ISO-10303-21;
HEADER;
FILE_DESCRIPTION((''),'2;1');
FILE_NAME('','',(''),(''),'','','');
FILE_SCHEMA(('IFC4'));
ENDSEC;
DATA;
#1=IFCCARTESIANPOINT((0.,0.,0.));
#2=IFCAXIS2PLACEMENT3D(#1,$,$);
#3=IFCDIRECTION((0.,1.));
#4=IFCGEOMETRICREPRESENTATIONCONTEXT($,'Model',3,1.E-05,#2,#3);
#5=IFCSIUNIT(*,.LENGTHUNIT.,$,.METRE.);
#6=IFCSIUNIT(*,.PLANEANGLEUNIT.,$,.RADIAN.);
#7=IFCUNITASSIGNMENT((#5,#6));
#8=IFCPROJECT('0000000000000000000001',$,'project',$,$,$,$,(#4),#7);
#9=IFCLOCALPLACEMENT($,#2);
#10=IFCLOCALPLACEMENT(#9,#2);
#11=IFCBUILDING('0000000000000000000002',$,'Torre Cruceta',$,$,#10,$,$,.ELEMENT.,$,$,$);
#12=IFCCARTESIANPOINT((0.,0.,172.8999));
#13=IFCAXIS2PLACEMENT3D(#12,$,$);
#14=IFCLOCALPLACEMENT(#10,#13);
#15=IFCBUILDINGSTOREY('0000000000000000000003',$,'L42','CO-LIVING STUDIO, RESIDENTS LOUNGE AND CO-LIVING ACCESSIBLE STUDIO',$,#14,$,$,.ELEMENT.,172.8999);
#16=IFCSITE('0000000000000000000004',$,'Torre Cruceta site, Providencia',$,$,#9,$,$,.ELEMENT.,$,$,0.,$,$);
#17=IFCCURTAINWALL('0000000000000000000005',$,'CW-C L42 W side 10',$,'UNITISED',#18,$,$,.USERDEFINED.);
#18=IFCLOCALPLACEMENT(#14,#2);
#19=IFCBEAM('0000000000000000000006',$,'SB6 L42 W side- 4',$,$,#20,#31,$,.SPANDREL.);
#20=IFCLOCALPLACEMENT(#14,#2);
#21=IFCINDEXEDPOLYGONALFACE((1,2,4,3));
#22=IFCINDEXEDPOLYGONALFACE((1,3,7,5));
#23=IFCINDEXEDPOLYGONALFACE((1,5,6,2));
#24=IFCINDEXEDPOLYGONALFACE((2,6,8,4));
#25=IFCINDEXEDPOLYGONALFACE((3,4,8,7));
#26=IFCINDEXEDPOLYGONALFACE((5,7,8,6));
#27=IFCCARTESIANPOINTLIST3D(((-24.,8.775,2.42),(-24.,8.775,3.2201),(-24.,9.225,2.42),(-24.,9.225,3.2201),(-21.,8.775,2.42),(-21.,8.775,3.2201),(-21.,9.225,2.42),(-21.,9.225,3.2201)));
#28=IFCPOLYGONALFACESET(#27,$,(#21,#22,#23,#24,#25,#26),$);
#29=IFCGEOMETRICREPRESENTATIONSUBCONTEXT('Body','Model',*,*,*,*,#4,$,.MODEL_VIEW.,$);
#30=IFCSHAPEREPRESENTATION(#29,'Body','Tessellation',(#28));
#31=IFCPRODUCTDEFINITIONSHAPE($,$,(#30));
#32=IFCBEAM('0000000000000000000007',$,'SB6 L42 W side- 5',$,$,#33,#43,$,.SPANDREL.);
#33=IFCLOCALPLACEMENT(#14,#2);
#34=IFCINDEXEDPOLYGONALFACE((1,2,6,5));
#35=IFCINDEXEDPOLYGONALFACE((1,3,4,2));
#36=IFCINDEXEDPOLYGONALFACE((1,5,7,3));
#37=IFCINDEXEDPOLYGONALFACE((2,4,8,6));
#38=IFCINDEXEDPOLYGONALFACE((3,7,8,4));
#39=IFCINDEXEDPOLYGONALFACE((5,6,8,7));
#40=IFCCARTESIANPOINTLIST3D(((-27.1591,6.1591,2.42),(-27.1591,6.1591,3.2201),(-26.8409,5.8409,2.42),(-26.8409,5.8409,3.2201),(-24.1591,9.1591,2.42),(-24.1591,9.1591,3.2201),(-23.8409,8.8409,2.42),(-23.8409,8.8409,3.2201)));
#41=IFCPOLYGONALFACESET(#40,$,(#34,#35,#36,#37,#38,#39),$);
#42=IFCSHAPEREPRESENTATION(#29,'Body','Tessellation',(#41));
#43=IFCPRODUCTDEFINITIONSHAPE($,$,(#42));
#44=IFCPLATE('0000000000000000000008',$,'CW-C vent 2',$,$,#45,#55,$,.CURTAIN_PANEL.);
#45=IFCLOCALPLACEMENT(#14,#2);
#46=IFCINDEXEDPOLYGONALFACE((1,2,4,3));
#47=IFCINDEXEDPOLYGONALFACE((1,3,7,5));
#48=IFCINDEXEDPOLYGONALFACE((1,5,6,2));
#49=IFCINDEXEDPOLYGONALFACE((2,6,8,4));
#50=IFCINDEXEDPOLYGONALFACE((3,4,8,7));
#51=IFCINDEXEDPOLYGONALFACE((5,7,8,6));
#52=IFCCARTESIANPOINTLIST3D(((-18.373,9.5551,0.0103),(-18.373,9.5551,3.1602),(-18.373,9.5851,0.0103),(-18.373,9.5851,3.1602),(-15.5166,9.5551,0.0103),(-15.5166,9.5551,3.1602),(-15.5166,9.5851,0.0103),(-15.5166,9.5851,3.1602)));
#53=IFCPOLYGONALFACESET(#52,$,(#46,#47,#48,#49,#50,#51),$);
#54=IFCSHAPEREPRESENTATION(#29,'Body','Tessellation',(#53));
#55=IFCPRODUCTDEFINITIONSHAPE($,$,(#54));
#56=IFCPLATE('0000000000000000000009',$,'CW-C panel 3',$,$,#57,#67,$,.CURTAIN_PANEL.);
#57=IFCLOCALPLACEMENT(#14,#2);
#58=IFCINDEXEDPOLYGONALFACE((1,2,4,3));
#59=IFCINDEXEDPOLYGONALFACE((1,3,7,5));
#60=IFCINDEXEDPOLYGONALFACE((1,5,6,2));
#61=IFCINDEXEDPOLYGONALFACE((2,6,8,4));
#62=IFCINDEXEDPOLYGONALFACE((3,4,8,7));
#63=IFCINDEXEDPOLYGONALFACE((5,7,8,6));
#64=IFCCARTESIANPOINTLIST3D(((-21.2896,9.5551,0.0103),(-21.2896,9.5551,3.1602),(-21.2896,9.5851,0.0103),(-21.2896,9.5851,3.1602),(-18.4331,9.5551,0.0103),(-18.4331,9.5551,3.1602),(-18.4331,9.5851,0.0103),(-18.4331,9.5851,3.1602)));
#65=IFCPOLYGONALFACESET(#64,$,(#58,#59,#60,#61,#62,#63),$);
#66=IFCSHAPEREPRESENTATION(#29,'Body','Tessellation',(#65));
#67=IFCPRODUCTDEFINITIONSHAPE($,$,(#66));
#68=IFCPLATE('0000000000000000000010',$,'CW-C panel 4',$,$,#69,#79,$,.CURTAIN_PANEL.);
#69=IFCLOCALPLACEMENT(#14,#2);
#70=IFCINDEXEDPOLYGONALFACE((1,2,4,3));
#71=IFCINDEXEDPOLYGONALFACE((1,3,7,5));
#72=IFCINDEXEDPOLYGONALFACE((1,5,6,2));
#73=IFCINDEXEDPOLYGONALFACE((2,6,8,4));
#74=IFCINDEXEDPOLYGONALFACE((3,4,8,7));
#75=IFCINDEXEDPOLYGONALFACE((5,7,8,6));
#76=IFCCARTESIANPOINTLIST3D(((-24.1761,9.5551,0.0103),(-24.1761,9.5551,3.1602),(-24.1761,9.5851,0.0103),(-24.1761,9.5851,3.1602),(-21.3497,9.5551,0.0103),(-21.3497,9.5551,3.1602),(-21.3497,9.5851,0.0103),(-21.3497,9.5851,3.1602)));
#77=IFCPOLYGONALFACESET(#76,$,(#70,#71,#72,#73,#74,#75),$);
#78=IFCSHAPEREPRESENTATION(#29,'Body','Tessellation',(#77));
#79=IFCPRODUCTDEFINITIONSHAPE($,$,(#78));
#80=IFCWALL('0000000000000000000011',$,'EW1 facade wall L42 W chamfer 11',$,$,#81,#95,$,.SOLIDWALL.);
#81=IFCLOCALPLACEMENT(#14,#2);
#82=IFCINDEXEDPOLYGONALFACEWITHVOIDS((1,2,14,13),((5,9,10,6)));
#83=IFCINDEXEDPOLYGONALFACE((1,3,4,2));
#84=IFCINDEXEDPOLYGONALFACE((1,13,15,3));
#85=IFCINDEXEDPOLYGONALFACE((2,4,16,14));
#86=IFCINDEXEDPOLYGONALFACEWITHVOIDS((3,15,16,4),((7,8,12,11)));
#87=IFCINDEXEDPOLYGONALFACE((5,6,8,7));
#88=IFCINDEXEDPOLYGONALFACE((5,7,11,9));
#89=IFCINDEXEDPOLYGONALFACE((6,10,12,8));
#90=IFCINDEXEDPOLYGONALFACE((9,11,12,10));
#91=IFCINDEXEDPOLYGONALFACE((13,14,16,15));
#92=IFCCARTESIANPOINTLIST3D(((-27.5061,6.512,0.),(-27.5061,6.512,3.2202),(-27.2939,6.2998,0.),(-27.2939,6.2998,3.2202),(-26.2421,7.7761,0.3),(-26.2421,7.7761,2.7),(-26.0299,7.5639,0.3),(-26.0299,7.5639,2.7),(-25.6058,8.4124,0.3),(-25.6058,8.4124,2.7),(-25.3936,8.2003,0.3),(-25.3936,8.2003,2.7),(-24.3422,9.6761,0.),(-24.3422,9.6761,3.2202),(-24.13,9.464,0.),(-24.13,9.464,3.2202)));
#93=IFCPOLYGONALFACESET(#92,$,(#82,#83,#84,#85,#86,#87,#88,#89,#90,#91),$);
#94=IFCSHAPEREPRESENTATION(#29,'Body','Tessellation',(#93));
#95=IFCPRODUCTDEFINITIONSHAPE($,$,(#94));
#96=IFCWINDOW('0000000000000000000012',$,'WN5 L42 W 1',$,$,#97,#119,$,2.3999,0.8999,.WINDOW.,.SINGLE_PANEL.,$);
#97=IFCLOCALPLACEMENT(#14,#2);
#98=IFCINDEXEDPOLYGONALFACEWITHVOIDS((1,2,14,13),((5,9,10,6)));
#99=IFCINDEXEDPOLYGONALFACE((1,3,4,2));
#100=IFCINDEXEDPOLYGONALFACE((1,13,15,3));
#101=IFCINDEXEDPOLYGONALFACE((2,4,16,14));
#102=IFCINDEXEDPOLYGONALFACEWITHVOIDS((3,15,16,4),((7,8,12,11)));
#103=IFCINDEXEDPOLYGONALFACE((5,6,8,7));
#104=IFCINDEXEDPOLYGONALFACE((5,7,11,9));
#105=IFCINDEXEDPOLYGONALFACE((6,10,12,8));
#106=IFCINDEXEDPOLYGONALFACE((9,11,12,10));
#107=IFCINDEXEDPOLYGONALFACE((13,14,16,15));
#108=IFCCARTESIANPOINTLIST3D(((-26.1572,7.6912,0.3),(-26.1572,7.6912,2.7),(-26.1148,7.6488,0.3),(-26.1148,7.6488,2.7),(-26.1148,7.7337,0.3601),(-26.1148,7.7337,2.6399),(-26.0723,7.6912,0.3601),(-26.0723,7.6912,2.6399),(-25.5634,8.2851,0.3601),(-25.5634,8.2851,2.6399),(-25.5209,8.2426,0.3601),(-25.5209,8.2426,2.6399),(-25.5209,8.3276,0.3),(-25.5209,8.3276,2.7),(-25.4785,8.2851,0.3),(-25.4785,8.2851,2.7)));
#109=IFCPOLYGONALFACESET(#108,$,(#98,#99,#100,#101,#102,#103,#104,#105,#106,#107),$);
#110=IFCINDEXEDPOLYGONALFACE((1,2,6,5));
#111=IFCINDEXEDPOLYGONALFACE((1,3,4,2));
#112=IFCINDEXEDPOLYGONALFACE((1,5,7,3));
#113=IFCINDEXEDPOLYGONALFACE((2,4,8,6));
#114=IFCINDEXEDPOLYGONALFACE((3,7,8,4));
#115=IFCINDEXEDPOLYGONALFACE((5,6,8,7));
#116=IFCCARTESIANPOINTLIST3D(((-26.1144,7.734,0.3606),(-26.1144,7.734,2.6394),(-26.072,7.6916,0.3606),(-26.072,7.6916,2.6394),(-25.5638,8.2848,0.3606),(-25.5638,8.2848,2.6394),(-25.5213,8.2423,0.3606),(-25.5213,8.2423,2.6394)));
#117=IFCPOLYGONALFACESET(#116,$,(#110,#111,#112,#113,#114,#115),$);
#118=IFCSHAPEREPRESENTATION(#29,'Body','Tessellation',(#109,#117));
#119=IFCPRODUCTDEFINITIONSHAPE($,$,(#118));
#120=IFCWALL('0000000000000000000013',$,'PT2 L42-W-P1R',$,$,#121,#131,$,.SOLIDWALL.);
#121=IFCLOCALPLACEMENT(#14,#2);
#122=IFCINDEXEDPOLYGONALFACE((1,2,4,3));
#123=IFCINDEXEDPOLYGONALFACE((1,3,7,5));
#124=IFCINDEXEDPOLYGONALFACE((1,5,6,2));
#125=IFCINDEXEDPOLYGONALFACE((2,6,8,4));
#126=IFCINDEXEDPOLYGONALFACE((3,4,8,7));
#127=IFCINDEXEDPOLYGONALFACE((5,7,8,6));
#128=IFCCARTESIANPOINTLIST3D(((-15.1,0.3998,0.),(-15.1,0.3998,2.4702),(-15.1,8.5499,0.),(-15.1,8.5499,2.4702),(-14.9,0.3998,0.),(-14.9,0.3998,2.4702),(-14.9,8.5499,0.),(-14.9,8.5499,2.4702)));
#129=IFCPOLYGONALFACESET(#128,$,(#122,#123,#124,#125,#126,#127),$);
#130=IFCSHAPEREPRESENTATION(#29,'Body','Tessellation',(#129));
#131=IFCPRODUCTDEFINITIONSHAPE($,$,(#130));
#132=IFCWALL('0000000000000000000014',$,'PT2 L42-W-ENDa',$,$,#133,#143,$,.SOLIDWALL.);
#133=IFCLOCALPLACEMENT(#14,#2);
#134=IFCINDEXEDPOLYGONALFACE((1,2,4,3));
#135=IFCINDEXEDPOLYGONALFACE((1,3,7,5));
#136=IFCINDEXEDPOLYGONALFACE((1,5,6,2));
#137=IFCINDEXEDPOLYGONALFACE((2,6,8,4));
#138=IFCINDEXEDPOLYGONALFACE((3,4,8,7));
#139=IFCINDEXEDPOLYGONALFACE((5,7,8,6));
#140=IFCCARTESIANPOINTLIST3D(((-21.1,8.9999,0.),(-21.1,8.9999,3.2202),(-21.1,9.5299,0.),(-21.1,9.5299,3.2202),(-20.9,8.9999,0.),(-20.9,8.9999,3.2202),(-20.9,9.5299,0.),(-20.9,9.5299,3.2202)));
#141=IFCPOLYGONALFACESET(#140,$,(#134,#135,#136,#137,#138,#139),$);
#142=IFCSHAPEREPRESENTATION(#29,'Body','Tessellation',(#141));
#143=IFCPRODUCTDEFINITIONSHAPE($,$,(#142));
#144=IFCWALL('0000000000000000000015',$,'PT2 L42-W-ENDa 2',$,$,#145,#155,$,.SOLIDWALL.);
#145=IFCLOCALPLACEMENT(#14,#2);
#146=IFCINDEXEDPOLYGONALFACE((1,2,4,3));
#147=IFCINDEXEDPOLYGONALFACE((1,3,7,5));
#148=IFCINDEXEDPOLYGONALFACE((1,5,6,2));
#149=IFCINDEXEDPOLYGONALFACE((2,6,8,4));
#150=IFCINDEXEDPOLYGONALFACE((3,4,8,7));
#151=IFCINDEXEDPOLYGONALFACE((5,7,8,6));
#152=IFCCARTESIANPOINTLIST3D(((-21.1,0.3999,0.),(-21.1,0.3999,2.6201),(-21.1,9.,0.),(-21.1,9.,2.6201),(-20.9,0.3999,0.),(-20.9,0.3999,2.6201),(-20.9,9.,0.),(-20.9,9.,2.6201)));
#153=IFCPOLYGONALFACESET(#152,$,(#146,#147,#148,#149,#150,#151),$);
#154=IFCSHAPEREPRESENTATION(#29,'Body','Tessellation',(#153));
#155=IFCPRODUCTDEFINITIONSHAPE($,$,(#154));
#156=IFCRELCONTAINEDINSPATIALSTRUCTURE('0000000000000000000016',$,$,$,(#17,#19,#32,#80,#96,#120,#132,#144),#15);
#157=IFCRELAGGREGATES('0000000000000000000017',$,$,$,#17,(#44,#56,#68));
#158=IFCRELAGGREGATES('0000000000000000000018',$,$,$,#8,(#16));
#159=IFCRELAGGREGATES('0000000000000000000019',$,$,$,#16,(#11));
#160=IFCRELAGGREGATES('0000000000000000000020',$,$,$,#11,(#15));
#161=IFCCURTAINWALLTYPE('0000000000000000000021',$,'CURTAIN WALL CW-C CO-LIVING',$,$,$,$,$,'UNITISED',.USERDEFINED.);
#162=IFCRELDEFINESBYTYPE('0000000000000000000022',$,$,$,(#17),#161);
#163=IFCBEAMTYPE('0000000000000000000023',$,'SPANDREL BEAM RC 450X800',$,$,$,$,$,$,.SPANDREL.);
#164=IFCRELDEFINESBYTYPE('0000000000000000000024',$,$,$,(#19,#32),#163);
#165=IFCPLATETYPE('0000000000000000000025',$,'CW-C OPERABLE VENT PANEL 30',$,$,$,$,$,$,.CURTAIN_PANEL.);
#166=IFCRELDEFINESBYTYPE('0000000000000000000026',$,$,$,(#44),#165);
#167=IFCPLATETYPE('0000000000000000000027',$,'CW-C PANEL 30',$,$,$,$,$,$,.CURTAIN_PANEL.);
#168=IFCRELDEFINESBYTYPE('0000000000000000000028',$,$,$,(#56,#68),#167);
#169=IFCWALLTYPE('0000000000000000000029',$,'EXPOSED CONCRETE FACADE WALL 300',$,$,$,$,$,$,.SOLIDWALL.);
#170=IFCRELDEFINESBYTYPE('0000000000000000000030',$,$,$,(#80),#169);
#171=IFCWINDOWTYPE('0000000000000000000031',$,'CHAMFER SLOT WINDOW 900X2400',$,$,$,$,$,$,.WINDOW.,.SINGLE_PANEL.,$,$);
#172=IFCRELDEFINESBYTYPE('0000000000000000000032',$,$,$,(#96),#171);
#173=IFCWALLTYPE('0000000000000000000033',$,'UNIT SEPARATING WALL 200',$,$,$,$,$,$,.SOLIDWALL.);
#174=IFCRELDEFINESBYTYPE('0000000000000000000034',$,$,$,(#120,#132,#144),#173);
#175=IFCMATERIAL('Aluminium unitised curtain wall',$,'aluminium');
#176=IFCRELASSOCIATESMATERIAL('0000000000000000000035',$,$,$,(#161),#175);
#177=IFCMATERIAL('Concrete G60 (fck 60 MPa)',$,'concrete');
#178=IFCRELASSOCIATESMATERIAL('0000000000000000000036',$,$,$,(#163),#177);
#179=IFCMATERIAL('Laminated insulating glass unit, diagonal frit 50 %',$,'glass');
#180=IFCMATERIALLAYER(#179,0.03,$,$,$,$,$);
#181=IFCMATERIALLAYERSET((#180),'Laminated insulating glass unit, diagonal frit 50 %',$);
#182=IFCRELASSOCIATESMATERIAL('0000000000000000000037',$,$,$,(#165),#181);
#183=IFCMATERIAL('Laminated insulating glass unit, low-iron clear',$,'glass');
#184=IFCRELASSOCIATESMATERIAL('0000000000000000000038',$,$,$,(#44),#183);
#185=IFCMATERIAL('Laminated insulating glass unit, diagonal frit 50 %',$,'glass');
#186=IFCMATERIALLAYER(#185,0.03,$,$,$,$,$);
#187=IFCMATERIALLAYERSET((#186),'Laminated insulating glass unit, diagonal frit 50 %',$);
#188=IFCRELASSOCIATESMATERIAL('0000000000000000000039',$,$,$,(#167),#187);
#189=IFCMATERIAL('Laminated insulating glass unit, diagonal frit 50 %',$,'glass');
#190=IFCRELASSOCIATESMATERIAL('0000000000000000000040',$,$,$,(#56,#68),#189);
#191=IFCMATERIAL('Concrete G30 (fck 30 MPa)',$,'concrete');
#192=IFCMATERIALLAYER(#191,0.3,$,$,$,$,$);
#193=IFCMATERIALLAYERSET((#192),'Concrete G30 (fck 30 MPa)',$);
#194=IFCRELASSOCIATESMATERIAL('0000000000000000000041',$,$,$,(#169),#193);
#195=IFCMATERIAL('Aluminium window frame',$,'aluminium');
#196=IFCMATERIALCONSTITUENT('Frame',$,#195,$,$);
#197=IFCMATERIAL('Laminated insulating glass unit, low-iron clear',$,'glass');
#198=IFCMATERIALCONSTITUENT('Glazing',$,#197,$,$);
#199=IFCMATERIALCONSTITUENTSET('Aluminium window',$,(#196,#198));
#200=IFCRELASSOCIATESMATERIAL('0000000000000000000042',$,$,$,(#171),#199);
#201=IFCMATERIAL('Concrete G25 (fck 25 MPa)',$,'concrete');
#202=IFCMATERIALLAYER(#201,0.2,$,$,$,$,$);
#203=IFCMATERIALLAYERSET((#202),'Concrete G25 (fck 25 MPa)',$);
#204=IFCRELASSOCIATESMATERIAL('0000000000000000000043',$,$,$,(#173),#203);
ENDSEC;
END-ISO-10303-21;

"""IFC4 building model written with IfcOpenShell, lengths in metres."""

from ifc_helpers import new_model, si_unit, direction, frame, frame_2d, origin, origin_2d, place, context, subcontext, project, spatial, rectangle, hollow_rectangle, extrude, material, layer, layer_set, constituent, constituent_set, material_profile, profile_set, type_object, element, fill, aggregate, save


model = new_model("IFC4")

# Units and contexts
model_context = context("Model", 3, precision=1e-05, world=origin(), true_north=direction((0.0, 1.0)))
body_context = subcontext(model_context, "Body", "Model", "MODEL_VIEW")
ifc_project = project(units=[si_unit("LENGTHUNIT", "METRE"), si_unit("PLANEANGLEUNIT", "RADIAN")], contexts=[model_context])

# Site, building, storey
site_placement = place(None, origin())
site = spatial("IfcSite", under=ifc_project, at=site_placement, Name="Torre Cruceta site, Providencia", CompositionType="ELEMENT", RefElevation=0.0)
building_placement = place(site_placement, origin())
building = spatial("IfcBuilding", under=site, at=building_placement, Name="Torre Cruceta", CompositionType="ELEMENT")
storey_placement = place(building_placement, frame((0.0, 0.0, 172.8999)))
storey = spatial("IfcBuildingStorey", under=building, at=storey_placement, Name="L42", Description="CO-LIVING STUDIO, RESIDENTS LOUNGE AND CO-LIVING ACCESSIBLE STUDIO", CompositionType="ELEMENT", Elevation=172.8999)

# Curtain wall
ifc_material_1 = material(Name="Aluminium unitised curtain wall", Category="aluminium")
curtain_wall_type = type_object("IfcCurtainWallType", Name="CURTAIN WALL CW-C CO-LIVING", ElementType="UNITISED", PredefinedType="USERDEFINED", material=ifc_material_1)
curtain_wall_placement = place(storey_placement, origin())
curtain_wall = element("IfcCurtainWall", 1, at=curtain_wall_placement, inside=storey, type_object=curtain_wall_type, Name="CW-C L42 W side 10", ObjectType="UNITISED", PredefinedType="USERDEFINED")

# Beams
ifc_material_2 = material(Name="Concrete G60 (fck 60 MPa)", Category="concrete")
ifc_material_profile_1 = material_profile(ifc_material_2, rectangle(XDim=0.45, YDim=0.8, at=origin_2d()), Name="RC 450X800")
ifc_profile_set_1 = profile_set([ifc_material_profile_1], Name="Concrete G60 (fck 60 MPa)")
beam_type_1 = type_object("IfcBeamType", Name="SPANDREL BEAM RC 450X800", PredefinedType="SPANDREL", material=ifc_profile_set_1)
for number, where, z_axis, x_axis, name in (
    (2, (-21.0, 9.0, 2.8201), (-1.0, 0.0, 0.0), (0.0, -1.0, 0.0), "SB6 L42 W side- 4"),
):
    element("IfcBeam", number, at=place(storey_placement, frame(where, z_axis=z_axis, x_axis=x_axis)), inside=storey, type_object=beam_type_1, Name=name, PredefinedType="SPANDREL", context=body_context, shape_type="SweptSolid", body=[
        extrude(rectangle(XDim=0.45, YDim=0.8, at=origin_2d()), origin(), (0.0, 0.0, 1.0), 3.0),
    ])
beam_1_placement = place(storey_placement, frame((-24.0, 9.0, 2.8201), z_axis=(-0.707107, -0.707107, 0.0), x_axis=(0.707107, -0.707107, 0.0)))
element("IfcBeam", 3, at=beam_1_placement, inside=storey, type_object=beam_type_1, Name="SB6 L42 W side- 5", PredefinedType="SPANDREL", context=body_context, shape_type="SweptSolid", body=[
    extrude(rectangle(XDim=0.45, YDim=0.8, at=origin_2d()), origin(), (0.0, 0.0, 1.0), 4.2427),
])

# Plates
ifc_material_3 = material(Name="Laminated insulating glass unit, low-iron clear", Category="glass")
ifc_material_4 = material(Name="Laminated insulating glass unit, diagonal frit 50 %", Category="glass")
ifc_layer_1 = layer(ifc_material_4, 0.03)
ifc_layer_set_1 = layer_set([ifc_layer_1], Name="Laminated insulating glass unit, diagonal frit 50 %")
plate_type_1 = type_object("IfcPlateType", Name="CW-C OPERABLE VENT PANEL 30", PredefinedType="CURTAIN_PANEL", material=ifc_layer_set_1)
plate_1_placement = place(storey_placement, frame((-16.9448, 9.5701, 0.0103), z_axis=(0.0, 0.0, 1.0), x_axis=(-1.0, 0.0, 0.0)))
plate_1 = element("IfcPlate", 4, at=plate_1_placement, type_object=plate_type_1, material=ifc_material_3, Name="CW-C vent 2", PredefinedType="CURTAIN_PANEL", context=body_context, shape_type="SweptSolid", body=[
    extrude(rectangle(XDim=2.8564, YDim=0.03, at=origin_2d()), origin(), (0.0, 0.0, 1.0), 3.1499),
])
ifc_material_5 = material(Name="Laminated insulating glass unit, diagonal frit 50 %", Category="glass")
ifc_material_6 = material(Name="Laminated insulating glass unit, diagonal frit 50 %", Category="glass")
ifc_layer_2 = layer(ifc_material_6, 0.03)
ifc_layer_set_2 = layer_set([ifc_layer_2], Name="Laminated insulating glass unit, diagonal frit 50 %")
plate_type_2 = type_object("IfcPlateType", Name="CW-C PANEL 30", PredefinedType="CURTAIN_PANEL", material=ifc_layer_set_2)
plate_2_placement = place(storey_placement, frame((-19.8613, 9.5701, 0.0103), z_axis=(0.0, 0.0, 1.0), x_axis=(-1.0, 0.0, 0.0)))
plate_2 = element("IfcPlate", 5, at=plate_2_placement, type_object=plate_type_2, material=ifc_material_5, Name="CW-C panel 3", PredefinedType="CURTAIN_PANEL", context=body_context, shape_type="SweptSolid", body=[
    extrude(rectangle(XDim=2.8564, YDim=0.03, at=origin_2d()), origin(), (0.0, 0.0, 1.0), 3.1499),
])
plate_3_placement = place(storey_placement, frame((-22.7629, 9.5701, 0.0103), z_axis=(0.0, 0.0, 1.0), x_axis=(-1.0, 0.0, 0.0)))
plate_3 = element("IfcPlate", 6, at=plate_3_placement, type_object=plate_type_2, material=ifc_material_5, Name="CW-C panel 4", PredefinedType="CURTAIN_PANEL", context=body_context, shape_type="SweptSolid", body=[
    extrude(rectangle(XDim=2.8264, YDim=0.03, at=origin_2d()), origin(), (0.0, 0.0, 1.0), 3.1499),
])
aggregate(curtain_wall, [plate_1, plate_2, plate_3])

# Wall, opening, window
ifc_material_7 = material(Name="Concrete G30 (fck 30 MPa)", Category="concrete")
ifc_layer_3 = layer(ifc_material_7, 0.3)
ifc_layer_set_3 = layer_set([ifc_layer_3], Name="Concrete G30 (fck 30 MPa)")
wall_type_1 = type_object("IfcWallType", Name="EXPOSED CONCRETE FACADE WALL 300", PredefinedType="SOLIDWALL", material=ifc_layer_set_3)
wall_1_placement = place(storey_placement, frame((-24.2361, 9.5701, 0.0), z_axis=(0.0, 0.0, 1.0), x_axis=(-0.707079, -0.707134, 0.0)))
wall_1 = element("IfcWall", 7, at=wall_1_placement, inside=storey, type_object=wall_type_1, Name="EW1 facade wall L42 W chamfer 11", PredefinedType="SOLIDWALL", context=body_context, shape_type="SweptSolid", body=[
    extrude(rectangle(XDim=4.4746, YDim=0.3, at=frame_2d((2.2373, 0.0))), origin(), (0.0, 0.0, 1.0), 3.2202),
])
opening_placement = place(wall_1_placement, frame((1.7871, 0.0, 0.3)))
opening = element("IfcOpeningElement", 8, at=opening_placement, cuts=wall_1, PredefinedType="OPENING", context=body_context, shape_type="SweptSolid", body=[
    extrude(rectangle(XDim=0.8999, YDim=2.3999, at=frame_2d((0.45, 1.2))), frame((0.0, 0.1599, 0.0), z_axis=(0.0, -1.0, 0.0), x_axis=(1.0, 0.0, 0.0)), (0.0, 0.0, 1.0), 0.3201),
])
ifc_material_8 = material(Name="Aluminium window frame", Category="aluminium")
ifc_constituent_1 = constituent(ifc_material_8, Name="Frame")
ifc_material_9 = material(Name="Laminated insulating glass unit, low-iron clear", Category="glass")
ifc_constituent_2 = constituent(ifc_material_9, Name="Glazing")
ifc_constituent_set = constituent_set(constituents=[ifc_constituent_1, ifc_constituent_2], Name="Aluminium window")
window_type = type_object("IfcWindowType", Name="CHAMFER SLOT WINDOW 900X2400", PartitioningType="SINGLE_PANEL", PredefinedType="WINDOW", material=ifc_constituent_set)
window_placement = place(opening_placement, origin())
window = element("IfcWindow", 9, at=window_placement, inside=storey, type_object=window_type, Name="WN5 L42 W 1", OverallHeight=2.3999, OverallWidth=0.8999, PartitioningType="SINGLE_PANEL", PredefinedType="WINDOW", context=body_context, shape_type="SweptSolid", body=[
    extrude(hollow_rectangle(XDim=0.8999, YDim=2.3999, WallThickness=0.0601, at=frame_2d((0.45, 1.2))), frame((0.0, 0.03, 0.0), z_axis=(0.0, -1.0, 0.0), x_axis=(1.0, 0.0, 0.0)), (0.0, 0.0, 1.0), 0.0601),
    extrude(rectangle(XDim=0.7788, YDim=2.2788, at=frame_2d((0.45, 1.2))), frame((0.0, 0.03, 0.0), z_axis=(0.0, -1.0, 0.0), x_axis=(1.0, 0.0, 0.0)), (0.0, 0.0, 1.0), 0.0601),
])
fill(opening, window)

# Walls
ifc_material_10 = material(Name="Concrete G25 (fck 25 MPa)", Category="concrete")
ifc_layer_4 = layer(ifc_material_10, 0.2)
ifc_layer_set_4 = layer_set([ifc_layer_4], Name="Concrete G25 (fck 25 MPa)")
wall_type_2 = type_object("IfcWallType", Name="UNIT SEPARATING WALL 200", PredefinedType="SOLIDWALL", material=ifc_layer_set_4)
wall_2_placement = place(storey_placement, frame((-15.0, 8.55, 0.0), z_axis=(0.0, 0.0, 1.0), x_axis=(0.0, -1.0, 0.0)))
element("IfcWall", 10, at=wall_2_placement, inside=storey, type_object=wall_type_2, Name="PT2 L42-W-P1R", PredefinedType="SOLIDWALL", context=body_context, shape_type="SweptSolid", body=[
    extrude(rectangle(XDim=8.1501, YDim=0.2, at=frame_2d((4.0752, 0.0))), origin(), (0.0, 0.0, 1.0), 2.4702),
])
wall_3_placement = place(storey_placement, frame((-21.0, 9.53, 0.0), z_axis=(0.0, 0.0, 1.0), x_axis=(0.0, -1.0, 0.0)))
element("IfcWall", 11, at=wall_3_placement, inside=storey, type_object=wall_type_2, Name="PT2 L42-W-ENDa", PredefinedType="SOLIDWALL", context=body_context, shape_type="SweptSolid", body=[
    extrude(rectangle(XDim=0.53, YDim=0.2, at=frame_2d((0.2651, 0.0))), origin(), (0.0, 0.0, 1.0), 3.2202),
])
wall_4_placement = place(storey_placement, frame((-21.0, 9.0, 0.0), z_axis=(0.0, 0.0, 1.0), x_axis=(0.0, -1.0, 0.0)))
element("IfcWall", 12, at=wall_4_placement, inside=storey, type_object=wall_type_2, Name="PT2 L42-W-ENDa 2", PredefinedType="SOLIDWALL", context=body_context, shape_type="SweptSolid", body=[
    extrude(rectangle(XDim=8.6001, YDim=0.2, at=frame_2d((4.3, 0.0))), origin(), (0.0, 0.0, 1.0), 2.6201),
])

save(model, "model.ifc")
